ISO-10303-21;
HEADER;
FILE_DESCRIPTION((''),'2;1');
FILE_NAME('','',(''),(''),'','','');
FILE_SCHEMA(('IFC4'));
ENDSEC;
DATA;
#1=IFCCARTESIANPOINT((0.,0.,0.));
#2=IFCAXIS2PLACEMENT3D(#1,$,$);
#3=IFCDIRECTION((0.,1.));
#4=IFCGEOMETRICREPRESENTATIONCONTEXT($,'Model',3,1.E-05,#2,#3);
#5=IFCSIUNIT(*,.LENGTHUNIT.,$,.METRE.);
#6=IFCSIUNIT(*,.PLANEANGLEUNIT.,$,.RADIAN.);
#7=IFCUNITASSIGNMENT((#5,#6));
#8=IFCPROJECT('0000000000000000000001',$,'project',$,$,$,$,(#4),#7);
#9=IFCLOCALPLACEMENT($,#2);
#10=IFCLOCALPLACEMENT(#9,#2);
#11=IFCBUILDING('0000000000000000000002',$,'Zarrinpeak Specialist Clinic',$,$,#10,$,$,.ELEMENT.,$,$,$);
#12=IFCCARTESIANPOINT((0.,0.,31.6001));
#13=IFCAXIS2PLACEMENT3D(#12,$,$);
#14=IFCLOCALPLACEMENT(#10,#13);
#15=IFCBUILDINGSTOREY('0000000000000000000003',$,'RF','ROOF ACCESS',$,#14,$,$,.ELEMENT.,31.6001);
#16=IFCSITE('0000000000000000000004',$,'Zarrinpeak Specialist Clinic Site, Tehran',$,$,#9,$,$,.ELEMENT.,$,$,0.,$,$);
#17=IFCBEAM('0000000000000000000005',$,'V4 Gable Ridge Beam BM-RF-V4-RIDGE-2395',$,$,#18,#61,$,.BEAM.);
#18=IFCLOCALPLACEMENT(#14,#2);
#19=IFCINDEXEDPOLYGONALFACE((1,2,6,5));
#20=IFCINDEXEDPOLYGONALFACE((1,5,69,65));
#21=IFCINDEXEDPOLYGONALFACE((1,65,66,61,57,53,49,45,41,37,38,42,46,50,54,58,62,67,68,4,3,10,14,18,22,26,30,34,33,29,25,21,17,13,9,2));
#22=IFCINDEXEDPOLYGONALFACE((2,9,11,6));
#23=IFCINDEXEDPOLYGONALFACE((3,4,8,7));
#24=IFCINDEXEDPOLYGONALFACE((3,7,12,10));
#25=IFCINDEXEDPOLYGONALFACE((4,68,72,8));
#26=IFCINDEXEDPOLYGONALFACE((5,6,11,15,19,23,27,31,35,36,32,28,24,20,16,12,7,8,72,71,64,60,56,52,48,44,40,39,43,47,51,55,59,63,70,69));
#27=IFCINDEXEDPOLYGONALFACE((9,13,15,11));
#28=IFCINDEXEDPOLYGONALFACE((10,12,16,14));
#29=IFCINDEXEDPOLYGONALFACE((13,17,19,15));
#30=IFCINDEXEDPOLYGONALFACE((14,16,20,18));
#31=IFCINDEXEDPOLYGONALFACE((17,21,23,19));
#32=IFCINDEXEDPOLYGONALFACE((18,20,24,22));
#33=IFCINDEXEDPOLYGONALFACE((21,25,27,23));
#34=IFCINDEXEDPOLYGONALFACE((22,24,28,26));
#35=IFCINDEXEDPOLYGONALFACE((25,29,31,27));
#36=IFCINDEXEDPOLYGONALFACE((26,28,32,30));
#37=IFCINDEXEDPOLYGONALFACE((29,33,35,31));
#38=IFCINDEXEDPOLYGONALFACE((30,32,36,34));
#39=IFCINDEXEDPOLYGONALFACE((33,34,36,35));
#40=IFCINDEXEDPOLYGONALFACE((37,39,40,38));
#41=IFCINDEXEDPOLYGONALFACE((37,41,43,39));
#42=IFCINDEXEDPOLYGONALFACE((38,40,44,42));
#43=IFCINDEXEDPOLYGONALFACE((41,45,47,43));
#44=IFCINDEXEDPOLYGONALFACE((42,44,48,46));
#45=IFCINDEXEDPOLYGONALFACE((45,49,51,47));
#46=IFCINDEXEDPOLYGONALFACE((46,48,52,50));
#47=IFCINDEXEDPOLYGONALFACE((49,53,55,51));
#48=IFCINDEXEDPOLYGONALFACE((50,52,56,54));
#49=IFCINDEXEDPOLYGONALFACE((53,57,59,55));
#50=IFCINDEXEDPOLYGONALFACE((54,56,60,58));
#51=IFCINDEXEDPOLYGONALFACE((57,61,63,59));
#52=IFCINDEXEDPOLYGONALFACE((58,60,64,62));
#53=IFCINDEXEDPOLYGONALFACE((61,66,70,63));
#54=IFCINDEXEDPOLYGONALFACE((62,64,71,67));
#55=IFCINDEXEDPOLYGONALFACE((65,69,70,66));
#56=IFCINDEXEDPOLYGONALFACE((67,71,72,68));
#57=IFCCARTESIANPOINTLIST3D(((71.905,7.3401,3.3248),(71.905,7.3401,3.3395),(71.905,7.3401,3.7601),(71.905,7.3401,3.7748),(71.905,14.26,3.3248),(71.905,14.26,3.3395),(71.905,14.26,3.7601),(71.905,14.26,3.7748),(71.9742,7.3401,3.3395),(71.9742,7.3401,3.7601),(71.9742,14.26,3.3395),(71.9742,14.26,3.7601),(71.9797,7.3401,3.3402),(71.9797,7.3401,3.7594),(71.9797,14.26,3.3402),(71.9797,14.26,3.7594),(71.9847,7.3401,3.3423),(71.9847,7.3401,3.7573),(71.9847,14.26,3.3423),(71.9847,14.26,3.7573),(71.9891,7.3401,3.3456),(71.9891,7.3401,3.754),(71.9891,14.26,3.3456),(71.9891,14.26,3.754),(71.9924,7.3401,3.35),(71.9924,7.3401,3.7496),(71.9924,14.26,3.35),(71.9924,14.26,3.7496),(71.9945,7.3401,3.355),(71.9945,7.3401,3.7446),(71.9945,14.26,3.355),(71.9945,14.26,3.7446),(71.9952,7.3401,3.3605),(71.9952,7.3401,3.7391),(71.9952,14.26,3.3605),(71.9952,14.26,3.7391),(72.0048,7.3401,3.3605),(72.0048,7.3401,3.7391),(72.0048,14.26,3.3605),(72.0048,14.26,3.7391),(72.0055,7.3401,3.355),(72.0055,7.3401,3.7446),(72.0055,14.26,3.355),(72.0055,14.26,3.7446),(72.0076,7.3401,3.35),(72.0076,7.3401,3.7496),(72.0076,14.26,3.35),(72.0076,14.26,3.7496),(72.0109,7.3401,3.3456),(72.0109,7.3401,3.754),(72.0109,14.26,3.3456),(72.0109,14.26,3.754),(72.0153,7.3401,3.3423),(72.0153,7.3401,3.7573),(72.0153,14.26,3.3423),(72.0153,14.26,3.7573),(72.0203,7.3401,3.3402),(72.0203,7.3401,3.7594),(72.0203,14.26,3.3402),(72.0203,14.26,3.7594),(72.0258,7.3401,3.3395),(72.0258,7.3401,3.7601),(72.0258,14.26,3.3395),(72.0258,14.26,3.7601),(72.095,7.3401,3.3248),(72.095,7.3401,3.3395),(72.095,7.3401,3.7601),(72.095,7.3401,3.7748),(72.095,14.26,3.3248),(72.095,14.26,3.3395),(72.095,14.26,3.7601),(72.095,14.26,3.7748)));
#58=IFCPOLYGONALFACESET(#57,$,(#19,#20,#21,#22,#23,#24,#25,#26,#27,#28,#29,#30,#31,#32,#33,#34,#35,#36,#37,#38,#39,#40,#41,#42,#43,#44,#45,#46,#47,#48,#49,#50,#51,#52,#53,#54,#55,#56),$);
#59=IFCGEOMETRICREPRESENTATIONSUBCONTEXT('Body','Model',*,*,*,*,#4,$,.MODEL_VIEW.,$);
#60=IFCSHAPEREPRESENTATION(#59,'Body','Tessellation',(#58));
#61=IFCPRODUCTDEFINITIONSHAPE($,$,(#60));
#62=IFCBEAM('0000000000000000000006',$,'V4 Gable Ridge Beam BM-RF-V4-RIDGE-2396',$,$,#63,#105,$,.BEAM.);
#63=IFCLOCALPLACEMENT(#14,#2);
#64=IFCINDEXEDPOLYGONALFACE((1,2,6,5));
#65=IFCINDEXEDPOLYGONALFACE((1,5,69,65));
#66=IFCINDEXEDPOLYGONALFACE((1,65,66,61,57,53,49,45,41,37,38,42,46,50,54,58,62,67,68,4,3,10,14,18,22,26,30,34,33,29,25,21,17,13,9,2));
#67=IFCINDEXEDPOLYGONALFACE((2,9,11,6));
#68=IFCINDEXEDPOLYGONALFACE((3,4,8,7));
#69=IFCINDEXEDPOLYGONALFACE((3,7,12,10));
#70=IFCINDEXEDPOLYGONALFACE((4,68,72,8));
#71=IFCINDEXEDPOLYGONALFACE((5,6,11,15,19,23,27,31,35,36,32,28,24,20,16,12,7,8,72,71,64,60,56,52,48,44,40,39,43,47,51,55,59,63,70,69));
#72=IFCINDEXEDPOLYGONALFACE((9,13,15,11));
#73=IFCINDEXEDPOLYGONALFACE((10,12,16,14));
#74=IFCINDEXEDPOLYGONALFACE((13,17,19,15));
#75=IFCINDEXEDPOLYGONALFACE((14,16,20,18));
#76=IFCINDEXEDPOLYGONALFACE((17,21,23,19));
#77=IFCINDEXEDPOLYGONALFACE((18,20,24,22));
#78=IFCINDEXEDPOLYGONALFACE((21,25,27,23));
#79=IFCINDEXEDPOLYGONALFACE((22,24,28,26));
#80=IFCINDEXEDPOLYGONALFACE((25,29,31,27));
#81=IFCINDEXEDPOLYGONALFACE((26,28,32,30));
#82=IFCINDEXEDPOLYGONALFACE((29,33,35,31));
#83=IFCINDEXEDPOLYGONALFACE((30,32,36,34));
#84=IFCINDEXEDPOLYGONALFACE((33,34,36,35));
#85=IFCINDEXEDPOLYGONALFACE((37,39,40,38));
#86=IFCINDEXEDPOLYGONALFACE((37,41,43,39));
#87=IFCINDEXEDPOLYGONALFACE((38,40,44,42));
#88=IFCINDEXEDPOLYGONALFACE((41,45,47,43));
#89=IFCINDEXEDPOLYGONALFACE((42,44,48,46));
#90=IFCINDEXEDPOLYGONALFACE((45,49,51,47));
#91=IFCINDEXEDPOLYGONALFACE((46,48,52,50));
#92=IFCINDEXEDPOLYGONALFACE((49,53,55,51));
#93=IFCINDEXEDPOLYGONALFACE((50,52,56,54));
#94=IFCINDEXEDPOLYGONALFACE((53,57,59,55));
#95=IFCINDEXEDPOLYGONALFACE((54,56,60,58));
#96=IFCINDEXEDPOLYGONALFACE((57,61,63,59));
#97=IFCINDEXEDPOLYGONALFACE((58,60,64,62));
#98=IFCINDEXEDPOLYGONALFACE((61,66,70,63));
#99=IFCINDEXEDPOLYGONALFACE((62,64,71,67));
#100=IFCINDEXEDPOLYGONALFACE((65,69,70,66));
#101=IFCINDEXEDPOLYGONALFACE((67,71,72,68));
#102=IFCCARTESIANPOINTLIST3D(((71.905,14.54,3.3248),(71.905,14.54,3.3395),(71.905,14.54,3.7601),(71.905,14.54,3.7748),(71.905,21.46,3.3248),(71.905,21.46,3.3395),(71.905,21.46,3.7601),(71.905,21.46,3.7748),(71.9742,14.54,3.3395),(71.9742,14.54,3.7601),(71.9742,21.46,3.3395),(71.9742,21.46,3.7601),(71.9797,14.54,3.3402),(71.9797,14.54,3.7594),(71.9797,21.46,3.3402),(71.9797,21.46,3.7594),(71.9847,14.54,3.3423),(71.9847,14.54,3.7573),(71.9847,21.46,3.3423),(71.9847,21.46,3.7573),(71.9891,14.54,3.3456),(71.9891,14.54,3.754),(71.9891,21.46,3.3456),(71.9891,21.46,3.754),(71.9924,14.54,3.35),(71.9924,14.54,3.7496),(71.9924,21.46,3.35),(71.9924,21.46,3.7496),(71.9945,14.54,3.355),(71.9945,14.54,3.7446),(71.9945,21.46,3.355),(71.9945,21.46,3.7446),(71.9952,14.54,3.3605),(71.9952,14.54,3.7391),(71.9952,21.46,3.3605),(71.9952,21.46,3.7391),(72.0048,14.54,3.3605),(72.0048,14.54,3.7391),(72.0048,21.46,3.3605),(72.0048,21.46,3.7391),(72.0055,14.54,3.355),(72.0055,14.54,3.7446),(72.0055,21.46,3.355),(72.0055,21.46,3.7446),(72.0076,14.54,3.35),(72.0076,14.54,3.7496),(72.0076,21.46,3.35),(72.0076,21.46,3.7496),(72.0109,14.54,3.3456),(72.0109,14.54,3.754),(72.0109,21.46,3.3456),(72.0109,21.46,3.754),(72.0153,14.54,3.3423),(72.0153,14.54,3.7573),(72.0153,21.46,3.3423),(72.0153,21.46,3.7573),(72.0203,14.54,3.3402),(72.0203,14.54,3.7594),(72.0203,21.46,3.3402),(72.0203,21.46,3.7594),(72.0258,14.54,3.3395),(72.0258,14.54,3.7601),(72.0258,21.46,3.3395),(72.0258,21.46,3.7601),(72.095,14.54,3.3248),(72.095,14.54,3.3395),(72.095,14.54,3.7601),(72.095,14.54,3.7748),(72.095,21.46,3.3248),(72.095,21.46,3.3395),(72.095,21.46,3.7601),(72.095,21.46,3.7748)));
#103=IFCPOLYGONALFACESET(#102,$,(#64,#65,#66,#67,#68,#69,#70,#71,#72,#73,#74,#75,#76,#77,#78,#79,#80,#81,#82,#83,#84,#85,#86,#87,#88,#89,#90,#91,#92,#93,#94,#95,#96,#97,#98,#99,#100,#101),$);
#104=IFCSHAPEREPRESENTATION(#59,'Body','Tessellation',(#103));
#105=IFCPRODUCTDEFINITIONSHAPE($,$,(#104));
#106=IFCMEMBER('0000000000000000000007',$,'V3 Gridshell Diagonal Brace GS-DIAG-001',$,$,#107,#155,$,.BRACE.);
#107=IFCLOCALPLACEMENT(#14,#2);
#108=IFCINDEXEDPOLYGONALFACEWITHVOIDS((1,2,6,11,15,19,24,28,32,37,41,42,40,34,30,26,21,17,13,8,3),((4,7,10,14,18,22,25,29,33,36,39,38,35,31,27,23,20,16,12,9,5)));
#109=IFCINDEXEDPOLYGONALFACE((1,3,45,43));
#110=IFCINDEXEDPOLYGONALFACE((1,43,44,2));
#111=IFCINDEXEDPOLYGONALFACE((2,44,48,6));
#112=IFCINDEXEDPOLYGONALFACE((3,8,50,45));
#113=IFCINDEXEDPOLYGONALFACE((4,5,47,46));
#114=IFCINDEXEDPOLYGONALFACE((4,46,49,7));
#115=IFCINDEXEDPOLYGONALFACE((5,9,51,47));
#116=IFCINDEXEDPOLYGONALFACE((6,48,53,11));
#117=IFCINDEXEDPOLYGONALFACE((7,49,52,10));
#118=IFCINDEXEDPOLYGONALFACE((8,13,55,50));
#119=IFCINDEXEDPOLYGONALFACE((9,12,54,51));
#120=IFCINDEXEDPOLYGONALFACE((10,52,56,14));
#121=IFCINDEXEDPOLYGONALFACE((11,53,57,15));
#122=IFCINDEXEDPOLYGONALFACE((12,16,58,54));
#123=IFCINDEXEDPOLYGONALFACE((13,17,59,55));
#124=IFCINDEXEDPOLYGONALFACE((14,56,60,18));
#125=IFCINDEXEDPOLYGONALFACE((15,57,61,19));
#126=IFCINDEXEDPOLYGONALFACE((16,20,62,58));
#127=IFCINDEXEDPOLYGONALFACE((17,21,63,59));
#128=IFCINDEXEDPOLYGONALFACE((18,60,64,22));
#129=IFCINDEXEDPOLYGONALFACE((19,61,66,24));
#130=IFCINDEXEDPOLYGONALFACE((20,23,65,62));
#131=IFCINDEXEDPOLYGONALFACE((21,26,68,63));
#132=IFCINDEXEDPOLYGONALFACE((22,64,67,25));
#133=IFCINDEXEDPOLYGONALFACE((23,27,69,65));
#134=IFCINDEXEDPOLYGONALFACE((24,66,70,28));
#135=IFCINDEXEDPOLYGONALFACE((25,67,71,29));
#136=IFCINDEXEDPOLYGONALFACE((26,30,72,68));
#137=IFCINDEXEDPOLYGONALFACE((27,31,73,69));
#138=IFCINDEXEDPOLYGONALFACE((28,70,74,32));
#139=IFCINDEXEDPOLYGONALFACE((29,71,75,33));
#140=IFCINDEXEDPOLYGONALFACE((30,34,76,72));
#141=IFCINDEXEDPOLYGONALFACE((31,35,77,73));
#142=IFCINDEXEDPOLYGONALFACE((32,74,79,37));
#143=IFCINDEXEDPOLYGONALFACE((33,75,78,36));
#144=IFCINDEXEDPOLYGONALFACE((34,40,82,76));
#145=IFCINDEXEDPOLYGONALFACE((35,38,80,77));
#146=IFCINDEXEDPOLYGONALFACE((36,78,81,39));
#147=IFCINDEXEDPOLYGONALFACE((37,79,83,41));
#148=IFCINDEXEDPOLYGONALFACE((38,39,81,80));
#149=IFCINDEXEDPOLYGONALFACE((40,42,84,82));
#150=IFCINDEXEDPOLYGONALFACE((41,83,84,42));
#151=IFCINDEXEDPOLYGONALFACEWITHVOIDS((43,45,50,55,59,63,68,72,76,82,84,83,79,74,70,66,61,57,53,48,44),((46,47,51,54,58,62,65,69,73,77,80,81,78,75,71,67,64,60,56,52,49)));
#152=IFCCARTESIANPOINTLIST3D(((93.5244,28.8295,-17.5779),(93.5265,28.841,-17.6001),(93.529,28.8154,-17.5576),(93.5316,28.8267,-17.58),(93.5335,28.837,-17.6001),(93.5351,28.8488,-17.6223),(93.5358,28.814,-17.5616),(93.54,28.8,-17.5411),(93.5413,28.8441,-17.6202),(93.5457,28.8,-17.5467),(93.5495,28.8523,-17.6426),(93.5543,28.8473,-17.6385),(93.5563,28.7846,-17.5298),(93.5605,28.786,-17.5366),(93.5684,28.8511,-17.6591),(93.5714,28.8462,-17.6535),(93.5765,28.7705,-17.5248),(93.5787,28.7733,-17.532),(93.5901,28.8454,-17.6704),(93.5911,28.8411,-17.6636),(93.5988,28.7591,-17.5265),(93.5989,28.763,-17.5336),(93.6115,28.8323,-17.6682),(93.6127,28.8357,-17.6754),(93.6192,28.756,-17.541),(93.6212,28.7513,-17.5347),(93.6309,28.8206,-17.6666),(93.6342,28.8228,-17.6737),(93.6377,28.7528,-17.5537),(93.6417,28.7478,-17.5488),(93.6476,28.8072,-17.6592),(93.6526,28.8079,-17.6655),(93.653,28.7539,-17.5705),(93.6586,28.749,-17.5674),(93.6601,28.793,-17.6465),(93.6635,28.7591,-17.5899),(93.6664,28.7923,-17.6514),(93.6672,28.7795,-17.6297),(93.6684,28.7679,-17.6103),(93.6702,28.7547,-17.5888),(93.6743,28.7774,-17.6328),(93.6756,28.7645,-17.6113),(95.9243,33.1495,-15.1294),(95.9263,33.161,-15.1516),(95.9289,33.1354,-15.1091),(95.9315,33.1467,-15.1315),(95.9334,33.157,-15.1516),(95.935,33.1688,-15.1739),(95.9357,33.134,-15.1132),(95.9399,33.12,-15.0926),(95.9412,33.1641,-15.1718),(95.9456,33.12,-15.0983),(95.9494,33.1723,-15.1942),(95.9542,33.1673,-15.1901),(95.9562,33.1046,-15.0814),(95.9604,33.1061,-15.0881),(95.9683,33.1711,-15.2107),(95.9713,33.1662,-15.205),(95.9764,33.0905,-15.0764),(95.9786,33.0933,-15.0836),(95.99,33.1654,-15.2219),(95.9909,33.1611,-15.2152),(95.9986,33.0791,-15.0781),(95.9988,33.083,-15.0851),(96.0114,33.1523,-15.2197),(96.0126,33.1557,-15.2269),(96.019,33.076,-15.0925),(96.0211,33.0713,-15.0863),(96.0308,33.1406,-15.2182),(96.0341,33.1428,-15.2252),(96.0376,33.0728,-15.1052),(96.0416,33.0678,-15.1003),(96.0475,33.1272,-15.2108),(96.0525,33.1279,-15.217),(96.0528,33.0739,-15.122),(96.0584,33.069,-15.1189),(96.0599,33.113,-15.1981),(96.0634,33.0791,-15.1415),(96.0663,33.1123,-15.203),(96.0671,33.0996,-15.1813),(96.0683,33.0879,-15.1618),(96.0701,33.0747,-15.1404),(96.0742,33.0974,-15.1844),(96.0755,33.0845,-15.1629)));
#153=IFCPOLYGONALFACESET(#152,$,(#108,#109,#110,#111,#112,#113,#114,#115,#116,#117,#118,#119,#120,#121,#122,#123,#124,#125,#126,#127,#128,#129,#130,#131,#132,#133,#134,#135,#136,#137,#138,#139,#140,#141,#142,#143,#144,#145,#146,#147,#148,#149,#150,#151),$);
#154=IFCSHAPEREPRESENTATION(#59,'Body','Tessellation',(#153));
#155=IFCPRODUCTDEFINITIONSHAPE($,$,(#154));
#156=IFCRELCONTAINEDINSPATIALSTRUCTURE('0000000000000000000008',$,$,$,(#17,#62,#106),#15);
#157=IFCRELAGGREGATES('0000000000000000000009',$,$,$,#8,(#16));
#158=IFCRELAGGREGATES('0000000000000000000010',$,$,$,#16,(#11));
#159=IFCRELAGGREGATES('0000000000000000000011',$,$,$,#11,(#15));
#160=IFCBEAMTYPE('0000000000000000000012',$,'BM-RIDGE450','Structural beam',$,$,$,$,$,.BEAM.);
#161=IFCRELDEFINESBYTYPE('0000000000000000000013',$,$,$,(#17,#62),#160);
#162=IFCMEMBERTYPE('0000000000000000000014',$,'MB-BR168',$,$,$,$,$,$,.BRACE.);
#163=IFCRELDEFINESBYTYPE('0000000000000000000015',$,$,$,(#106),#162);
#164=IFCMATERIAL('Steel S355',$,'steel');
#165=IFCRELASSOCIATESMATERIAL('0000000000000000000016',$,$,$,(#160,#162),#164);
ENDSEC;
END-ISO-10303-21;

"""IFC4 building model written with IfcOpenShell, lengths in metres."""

from ifc_helpers import new_model, si_unit, direction, frame, origin, origin_2d, place, context, subcontext, project, spatial, hollow_circle, i_section, extrude, material, material_profile, profile_set, type_object, element, save


model = new_model("IFC4")

# Units and contexts
model_context = context("Model", 3, precision=1e-05, world=origin(), true_north=direction((0.0, 1.0)))
body_context = subcontext(model_context, "Body", "Model", "MODEL_VIEW")
ifc_project = project(units=[si_unit("LENGTHUNIT", "METRE"), si_unit("PLANEANGLEUNIT", "RADIAN")], contexts=[model_context])

# Site, building, storey
site_placement = place(None, origin())
site = spatial("IfcSite", under=ifc_project, at=site_placement, Name="Zarrinpeak Specialist Clinic Site, Tehran", CompositionType="ELEMENT", RefElevation=0.0)
building_placement = place(site_placement, origin())
building = spatial("IfcBuilding", under=site, at=building_placement, Name="Zarrinpeak Specialist Clinic", CompositionType="ELEMENT")
storey_placement = place(building_placement, frame((0.0, 0.0, 31.6001)))
storey = spatial("IfcBuildingStorey", under=building, at=storey_placement, Name="RF", Description="ROOF ACCESS", CompositionType="ELEMENT", Elevation=31.6001)

# Shared definitions
ifc_material_1 = material(Name="Steel S355", Category="steel")

# Beams
ifc_material_profile_1 = material_profile(ifc_material_1, i_section(OverallWidth=0.1899, OverallDepth=0.45, WebThickness=0.0095, FlangeThickness=0.0146, FilletRadius=0.021, at=origin_2d()), Name="IPE 450")
ifc_profile_set_1 = profile_set([ifc_material_profile_1], Name="Steel S355")
beam_type_1 = type_object("IfcBeamType", Name="BM-RIDGE450", Description="Structural beam", PredefinedType="BEAM", material=ifc_profile_set_1)
for number, where, z_axis, x_axis, name in (
    (1, (72.0, 7.3401, 3.5498), (0.0, 1.0, 0.0), (-1.0, 0.0, 0.0), "V4 Gable Ridge Beam BM-RF-V4-RIDGE-2395"),
    (2, (72.0, 14.54, 3.5498), (0.0, 1.0, 0.0), (-1.0, 0.0, 0.0), "V4 Gable Ridge Beam BM-RF-V4-RIDGE-2396"),
):
    element("IfcBeam", number, at=place(storey_placement, frame(where, z_axis=z_axis, x_axis=x_axis)), inside=storey, type_object=beam_type_1, Name=name, PredefinedType="BEAM", context=body_context, shape_type="SweptSolid", body=[
        extrude(i_section(OverallWidth=0.1899, OverallDepth=0.45, WebThickness=0.0095, FlangeThickness=0.0146, FilletRadius=0.021, at=origin_2d()), origin(), (0.0, 0.0, 1.0), 6.9199),
    ])

# Member
ifc_material_profile_2 = material_profile(ifc_material_1, hollow_circle(Radius=0.0842, WallThickness=0.0081, at=origin_2d()), Name="CHS 168.3x8.0")
ifc_profile_set_2 = profile_set([ifc_material_profile_2], Name="Steel S355")
member_type_1 = type_object("IfcMemberType", Name="MB-BR168", PredefinedType="BRACE", material=ifc_profile_set_2)
member_1_placement = place(storey_placement, frame((93.6001, 28.8, -17.6001), z_axis=(0.435142, 0.7833, 0.443951), x_axis=(-0.874169, 0.485622, 0.0)))
element("IfcMember", 3, at=member_1_placement, inside=storey, type_object=member_type_1, Name="V3 Gridshell Diagonal Brace GS-DIAG-001", PredefinedType="BRACE", context=body_context, shape_type="SweptSolid", body=[
    extrude(hollow_circle(Radius=0.0842, WallThickness=0.0081, at=origin_2d()), origin(), (0.0, 0.0, 1.0), 5.5151),
])

save(model, "model.ifc")
